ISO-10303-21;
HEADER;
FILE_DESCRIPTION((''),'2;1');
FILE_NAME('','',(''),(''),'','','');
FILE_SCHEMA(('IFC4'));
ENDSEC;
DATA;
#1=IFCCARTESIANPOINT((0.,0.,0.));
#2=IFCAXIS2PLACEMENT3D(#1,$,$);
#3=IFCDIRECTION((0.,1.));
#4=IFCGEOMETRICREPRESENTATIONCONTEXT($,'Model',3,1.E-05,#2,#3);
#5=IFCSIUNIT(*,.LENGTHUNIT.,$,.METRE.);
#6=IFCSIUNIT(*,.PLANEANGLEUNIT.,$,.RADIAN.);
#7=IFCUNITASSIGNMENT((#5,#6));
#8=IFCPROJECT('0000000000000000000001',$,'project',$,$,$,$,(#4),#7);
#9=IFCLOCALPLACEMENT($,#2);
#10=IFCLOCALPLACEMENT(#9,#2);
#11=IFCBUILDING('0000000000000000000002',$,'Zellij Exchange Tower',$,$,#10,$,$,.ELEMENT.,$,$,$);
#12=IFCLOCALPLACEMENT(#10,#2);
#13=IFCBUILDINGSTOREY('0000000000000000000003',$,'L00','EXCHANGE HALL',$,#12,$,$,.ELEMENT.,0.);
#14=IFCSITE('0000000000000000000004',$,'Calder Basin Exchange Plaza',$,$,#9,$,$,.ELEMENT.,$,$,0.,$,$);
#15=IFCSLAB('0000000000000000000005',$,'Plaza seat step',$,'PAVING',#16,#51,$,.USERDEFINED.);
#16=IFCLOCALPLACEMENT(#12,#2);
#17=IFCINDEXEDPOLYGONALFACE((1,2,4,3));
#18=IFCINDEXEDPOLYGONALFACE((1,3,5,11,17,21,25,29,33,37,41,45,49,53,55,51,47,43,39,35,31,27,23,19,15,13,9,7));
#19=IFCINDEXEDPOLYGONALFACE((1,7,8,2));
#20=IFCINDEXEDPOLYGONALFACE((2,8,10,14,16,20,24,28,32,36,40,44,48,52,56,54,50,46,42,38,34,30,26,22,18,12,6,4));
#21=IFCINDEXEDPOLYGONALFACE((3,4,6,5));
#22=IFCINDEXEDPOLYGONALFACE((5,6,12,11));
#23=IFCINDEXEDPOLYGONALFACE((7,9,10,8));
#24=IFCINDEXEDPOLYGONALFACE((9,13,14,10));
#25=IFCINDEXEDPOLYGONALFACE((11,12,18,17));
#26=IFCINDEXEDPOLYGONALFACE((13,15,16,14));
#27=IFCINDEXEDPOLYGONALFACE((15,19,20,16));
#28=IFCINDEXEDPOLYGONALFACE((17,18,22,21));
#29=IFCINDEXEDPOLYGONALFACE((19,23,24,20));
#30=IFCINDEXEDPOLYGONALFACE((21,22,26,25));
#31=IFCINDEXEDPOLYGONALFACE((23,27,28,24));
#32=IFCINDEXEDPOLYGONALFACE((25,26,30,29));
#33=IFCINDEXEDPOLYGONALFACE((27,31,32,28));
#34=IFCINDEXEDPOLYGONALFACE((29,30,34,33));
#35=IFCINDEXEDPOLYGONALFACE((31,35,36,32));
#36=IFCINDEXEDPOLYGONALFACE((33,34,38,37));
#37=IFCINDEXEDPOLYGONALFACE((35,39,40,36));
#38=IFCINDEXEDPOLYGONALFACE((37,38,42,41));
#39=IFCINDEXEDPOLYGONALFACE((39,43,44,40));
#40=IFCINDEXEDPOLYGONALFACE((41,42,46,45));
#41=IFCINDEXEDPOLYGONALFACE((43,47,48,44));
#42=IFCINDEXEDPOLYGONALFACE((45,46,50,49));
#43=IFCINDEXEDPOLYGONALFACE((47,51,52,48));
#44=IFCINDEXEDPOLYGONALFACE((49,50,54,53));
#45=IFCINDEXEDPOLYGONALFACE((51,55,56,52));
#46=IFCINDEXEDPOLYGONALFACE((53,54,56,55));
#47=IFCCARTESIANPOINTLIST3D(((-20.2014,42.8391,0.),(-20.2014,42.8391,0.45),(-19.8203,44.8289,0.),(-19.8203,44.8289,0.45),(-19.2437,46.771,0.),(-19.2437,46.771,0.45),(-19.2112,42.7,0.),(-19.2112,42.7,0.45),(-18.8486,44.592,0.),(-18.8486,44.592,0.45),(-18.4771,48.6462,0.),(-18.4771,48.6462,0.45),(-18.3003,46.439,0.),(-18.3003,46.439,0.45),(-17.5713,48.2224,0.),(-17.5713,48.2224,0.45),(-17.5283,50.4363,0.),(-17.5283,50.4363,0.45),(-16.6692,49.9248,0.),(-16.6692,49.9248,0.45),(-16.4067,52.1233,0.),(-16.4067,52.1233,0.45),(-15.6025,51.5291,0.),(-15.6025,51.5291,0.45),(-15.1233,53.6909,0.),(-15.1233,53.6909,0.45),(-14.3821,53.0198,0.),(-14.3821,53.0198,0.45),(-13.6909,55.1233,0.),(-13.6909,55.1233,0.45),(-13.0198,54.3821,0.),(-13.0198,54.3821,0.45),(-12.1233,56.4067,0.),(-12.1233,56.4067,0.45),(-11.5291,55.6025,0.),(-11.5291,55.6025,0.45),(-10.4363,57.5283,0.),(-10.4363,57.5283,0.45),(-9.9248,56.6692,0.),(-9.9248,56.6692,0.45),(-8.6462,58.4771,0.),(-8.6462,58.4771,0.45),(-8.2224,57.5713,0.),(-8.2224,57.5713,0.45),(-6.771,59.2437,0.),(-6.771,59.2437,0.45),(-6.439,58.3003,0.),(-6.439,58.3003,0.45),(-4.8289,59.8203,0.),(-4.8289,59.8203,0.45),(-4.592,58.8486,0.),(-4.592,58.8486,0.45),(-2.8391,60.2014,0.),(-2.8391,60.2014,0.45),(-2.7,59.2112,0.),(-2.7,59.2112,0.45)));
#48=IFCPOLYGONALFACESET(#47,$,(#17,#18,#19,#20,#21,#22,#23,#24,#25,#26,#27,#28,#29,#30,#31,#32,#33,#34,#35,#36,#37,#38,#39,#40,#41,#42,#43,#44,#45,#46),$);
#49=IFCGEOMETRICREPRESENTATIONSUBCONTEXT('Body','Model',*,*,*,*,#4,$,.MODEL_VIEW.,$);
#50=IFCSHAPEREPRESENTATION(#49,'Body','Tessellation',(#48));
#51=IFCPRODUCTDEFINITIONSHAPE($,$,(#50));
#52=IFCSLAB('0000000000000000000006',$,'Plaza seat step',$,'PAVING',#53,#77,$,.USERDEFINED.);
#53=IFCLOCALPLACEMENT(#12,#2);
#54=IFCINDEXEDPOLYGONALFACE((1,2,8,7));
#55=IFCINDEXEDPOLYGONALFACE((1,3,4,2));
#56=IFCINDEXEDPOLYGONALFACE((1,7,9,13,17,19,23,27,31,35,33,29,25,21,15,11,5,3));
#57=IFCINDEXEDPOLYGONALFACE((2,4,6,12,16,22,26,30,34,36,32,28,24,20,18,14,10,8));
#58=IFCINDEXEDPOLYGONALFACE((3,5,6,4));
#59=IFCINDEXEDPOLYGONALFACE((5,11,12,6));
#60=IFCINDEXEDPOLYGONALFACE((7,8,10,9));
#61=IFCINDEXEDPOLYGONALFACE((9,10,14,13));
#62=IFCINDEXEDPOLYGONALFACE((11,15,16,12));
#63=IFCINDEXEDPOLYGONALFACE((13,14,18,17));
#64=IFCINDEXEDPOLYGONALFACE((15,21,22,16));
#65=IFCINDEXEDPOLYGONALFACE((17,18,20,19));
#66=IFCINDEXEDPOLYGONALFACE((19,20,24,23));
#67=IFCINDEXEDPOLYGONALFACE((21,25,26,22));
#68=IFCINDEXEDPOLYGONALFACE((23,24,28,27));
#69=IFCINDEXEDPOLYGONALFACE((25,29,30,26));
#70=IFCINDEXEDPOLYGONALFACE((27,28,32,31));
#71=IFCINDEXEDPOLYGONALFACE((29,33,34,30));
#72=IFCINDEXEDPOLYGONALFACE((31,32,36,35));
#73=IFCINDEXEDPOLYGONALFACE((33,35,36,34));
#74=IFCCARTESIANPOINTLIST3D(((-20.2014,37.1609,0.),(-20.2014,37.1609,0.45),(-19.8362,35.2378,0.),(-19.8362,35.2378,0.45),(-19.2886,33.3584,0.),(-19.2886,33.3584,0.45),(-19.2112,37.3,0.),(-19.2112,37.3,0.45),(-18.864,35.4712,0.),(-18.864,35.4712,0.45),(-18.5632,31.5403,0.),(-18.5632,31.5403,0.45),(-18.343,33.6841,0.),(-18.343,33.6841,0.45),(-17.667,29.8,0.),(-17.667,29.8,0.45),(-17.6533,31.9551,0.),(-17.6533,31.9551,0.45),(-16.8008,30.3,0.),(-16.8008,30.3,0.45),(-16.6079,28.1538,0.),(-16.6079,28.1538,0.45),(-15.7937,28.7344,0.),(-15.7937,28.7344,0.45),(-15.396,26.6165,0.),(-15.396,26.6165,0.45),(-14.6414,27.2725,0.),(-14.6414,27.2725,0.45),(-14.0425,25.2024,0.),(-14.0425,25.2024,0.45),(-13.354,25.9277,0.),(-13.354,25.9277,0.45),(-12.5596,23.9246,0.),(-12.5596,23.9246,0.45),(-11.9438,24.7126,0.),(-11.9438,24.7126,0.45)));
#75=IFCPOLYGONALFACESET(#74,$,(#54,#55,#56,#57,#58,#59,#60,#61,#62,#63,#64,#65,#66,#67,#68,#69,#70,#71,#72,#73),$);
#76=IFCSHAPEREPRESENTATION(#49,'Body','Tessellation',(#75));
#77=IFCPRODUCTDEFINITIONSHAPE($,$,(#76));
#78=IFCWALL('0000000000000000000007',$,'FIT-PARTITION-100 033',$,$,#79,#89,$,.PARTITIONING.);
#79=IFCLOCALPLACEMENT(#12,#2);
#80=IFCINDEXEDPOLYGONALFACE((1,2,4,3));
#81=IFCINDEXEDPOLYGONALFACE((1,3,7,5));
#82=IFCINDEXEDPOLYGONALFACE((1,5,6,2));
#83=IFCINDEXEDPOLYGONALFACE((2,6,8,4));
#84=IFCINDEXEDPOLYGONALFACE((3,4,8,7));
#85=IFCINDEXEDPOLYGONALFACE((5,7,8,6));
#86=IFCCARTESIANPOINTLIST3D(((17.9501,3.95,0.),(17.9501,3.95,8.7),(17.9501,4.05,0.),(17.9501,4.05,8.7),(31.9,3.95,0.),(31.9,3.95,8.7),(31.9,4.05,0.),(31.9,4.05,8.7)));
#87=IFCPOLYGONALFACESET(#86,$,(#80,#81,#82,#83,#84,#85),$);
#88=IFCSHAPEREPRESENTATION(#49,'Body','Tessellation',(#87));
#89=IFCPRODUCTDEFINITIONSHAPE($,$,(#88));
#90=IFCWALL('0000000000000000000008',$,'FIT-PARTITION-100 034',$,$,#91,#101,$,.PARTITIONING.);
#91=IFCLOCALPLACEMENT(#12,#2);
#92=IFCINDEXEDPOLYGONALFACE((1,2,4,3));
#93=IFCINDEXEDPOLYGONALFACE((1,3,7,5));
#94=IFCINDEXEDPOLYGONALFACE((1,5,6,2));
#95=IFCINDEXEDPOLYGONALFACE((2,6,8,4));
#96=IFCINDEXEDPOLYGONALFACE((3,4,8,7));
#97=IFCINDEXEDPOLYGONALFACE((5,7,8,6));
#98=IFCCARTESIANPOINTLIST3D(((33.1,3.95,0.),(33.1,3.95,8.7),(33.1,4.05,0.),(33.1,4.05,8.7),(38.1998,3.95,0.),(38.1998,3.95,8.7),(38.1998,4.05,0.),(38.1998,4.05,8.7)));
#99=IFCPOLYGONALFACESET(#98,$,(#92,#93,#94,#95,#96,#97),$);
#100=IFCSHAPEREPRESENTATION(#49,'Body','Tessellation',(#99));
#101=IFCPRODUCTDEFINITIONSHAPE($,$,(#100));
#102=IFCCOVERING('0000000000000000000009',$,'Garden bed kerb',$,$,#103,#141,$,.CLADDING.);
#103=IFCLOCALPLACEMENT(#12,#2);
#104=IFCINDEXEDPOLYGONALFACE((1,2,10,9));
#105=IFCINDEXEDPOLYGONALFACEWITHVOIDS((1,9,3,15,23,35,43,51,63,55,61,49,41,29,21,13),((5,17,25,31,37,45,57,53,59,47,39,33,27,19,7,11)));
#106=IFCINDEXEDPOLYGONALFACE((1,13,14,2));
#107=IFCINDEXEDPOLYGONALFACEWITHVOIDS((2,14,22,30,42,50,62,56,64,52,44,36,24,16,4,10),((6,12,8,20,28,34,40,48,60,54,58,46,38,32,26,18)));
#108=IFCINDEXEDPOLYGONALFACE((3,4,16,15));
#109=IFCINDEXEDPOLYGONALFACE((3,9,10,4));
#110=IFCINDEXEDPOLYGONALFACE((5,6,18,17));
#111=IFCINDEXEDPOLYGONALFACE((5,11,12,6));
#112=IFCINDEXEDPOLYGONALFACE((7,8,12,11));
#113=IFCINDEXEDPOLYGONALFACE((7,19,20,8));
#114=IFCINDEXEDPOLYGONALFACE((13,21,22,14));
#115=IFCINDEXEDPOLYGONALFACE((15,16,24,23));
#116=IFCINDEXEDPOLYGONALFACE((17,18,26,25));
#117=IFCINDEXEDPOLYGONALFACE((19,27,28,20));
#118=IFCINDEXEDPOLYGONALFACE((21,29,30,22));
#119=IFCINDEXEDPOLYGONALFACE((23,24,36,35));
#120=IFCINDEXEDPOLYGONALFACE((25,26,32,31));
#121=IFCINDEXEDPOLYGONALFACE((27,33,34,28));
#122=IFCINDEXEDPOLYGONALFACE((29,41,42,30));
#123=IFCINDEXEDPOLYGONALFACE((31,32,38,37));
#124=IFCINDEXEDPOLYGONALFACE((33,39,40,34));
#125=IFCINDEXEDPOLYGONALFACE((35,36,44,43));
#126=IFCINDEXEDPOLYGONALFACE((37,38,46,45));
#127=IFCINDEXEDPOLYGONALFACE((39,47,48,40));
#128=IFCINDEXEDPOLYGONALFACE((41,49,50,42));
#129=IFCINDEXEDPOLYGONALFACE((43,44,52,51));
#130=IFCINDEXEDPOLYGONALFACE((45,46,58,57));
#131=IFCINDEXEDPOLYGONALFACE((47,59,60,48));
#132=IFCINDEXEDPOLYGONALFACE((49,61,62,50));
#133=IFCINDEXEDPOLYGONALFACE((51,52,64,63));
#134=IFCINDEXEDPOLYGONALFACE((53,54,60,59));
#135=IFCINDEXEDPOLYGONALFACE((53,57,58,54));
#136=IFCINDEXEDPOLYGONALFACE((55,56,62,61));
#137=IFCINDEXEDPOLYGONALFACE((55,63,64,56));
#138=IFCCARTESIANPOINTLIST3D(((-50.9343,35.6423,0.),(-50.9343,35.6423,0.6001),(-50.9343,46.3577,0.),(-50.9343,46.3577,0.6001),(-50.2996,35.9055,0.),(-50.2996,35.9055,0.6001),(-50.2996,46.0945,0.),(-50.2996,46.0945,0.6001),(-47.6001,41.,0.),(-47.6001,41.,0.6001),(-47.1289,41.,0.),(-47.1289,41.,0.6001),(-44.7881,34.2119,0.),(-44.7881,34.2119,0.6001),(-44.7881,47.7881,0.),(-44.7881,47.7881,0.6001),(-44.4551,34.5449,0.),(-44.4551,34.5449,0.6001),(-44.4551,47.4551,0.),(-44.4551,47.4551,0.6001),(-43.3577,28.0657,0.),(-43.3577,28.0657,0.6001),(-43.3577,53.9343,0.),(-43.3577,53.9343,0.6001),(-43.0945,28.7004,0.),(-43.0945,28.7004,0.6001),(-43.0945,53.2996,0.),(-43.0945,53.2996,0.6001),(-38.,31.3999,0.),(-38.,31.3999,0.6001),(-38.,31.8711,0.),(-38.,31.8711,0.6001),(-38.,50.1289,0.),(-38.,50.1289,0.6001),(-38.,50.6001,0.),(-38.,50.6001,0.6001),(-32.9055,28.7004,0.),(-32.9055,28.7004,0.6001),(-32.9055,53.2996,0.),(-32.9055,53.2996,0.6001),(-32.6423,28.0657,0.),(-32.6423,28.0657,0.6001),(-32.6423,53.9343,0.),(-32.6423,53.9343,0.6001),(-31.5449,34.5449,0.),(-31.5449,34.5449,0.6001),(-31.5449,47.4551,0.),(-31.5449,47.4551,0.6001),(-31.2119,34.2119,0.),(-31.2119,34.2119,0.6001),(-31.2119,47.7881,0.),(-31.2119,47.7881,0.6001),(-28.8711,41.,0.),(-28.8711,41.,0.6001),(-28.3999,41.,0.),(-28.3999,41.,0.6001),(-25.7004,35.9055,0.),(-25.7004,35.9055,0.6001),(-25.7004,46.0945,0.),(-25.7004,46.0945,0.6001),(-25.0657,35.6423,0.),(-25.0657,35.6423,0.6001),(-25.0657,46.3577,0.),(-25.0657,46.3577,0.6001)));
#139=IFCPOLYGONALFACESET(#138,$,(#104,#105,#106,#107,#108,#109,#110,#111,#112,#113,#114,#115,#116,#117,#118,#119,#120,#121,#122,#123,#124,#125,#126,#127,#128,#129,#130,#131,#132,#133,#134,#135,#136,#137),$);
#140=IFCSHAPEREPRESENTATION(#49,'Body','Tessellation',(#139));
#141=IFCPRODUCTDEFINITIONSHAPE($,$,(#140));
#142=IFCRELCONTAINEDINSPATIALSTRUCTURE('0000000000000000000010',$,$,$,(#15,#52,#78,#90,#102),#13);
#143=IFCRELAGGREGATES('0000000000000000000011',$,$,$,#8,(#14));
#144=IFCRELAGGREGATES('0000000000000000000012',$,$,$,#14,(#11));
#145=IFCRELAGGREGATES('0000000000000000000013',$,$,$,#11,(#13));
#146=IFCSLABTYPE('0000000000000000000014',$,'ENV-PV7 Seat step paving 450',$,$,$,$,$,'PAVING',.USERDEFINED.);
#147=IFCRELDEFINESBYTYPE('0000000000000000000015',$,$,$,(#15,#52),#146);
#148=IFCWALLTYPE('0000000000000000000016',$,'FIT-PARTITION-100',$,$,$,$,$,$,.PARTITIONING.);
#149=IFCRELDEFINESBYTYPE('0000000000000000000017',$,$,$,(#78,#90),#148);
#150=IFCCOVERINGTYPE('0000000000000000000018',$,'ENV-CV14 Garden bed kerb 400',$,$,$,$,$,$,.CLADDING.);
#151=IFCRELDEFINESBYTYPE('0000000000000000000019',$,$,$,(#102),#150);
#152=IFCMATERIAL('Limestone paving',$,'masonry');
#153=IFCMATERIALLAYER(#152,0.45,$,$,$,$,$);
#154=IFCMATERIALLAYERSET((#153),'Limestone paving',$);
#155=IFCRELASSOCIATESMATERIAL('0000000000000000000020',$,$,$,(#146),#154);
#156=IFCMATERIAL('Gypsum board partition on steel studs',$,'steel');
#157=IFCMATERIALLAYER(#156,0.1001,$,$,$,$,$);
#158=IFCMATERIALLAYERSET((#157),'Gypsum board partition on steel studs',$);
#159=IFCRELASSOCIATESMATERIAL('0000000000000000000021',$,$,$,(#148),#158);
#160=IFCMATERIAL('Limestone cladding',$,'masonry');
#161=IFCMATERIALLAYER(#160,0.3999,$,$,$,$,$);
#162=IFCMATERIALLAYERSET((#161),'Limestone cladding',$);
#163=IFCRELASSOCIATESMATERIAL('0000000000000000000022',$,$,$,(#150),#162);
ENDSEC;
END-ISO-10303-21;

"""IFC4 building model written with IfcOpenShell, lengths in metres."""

from ifc_helpers import new_model, si_unit, direction, frame, frame_2d, origin, place, context, subcontext, project, spatial, polyline, rectangle, outline, extrude, material, layer, layer_set, type_object, element, save


model = new_model("IFC4")

# Units and contexts
model_context = context("Model", 3, precision=1e-05, world=origin(), true_north=direction((0.0, 1.0)))
body_context = subcontext(model_context, "Body", "Model", "MODEL_VIEW")
ifc_project = project(units=[si_unit("LENGTHUNIT", "METRE"), si_unit("PLANEANGLEUNIT", "RADIAN")], contexts=[model_context])

# Site, building, storey
site_placement = place(None, origin())
site = spatial("IfcSite", under=ifc_project, at=site_placement, Name="Calder Basin Exchange Plaza", CompositionType="ELEMENT", RefElevation=0.0)
building_placement = place(site_placement, origin())
building = spatial("IfcBuilding", under=site, at=building_placement, Name="Zellij Exchange Tower", CompositionType="ELEMENT")
storey_placement = place(building_placement, origin())
storey = spatial("IfcBuildingStorey", under=building, at=storey_placement, Name="L00", Description="EXCHANGE HALL", CompositionType="ELEMENT", Elevation=0.0)

# Slabs
ifc_material_1 = material(Name="Limestone paving", Category="masonry")
ifc_layer_1 = layer(ifc_material_1, 0.45)
ifc_layer_set_1 = layer_set([ifc_layer_1], Name="Limestone paving")
slab_type_1 = type_object("IfcSlabType", Name="ENV-PV7 Seat step paving 450", ElementType="PAVING", PredefinedType="USERDEFINED", material=ifc_layer_set_1)
slab_1_placement = place(storey_placement, origin())
element("IfcSlab", 1, at=slab_1_placement, inside=storey, type_object=slab_type_1, Name="Plaza seat step", ObjectType="PAVING", PredefinedType="USERDEFINED", context=body_context, shape_type="SweptSolid", body=[
    extrude(outline(polyline([(-2.8391, 60.2014), (-4.8289, 59.8203), (-6.771, 59.2437), (-8.6462, 58.4771), (-10.4363, 57.5283), (-12.1233, 56.4067), (-13.6909, 55.1233), (-15.1233, 53.6909), (-16.4067, 52.1233), (-17.5283, 50.4363), (-18.4771, 48.6462), (-19.2437, 46.771), (-19.8203, 44.8289), (-20.2014, 42.8391), (-19.2112, 42.7), (-18.8486, 44.592), (-18.3003, 46.439), (-17.5713, 48.2224), (-16.6692, 49.9248), (-15.6025, 51.5291), (-14.3821, 53.0198), (-13.0198, 54.3821), (-11.5291, 55.6025), (-9.9248, 56.6692), (-8.2224, 57.5713), (-6.439, 58.3003), (-4.592, 58.8486), (-2.7, 59.2112), (-2.8391, 60.2014)])), origin(), (0.0, 0.0, 1.0), 0.45),
])
slab_2_placement = place(storey_placement, origin())
element("IfcSlab", 2, at=slab_2_placement, inside=storey, type_object=slab_type_1, Name="Plaza seat step", ObjectType="PAVING", PredefinedType="USERDEFINED", context=body_context, shape_type="SweptSolid", body=[
    extrude(outline(polyline([(-20.2014, 37.1609), (-19.8362, 35.2378), (-19.2886, 33.3584), (-18.5632, 31.5403), (-17.667, 29.8), (-16.6079, 28.1538), (-15.396, 26.6165), (-14.0425, 25.2024), (-12.5596, 23.9246), (-11.9438, 24.7126), (-13.354, 25.9277), (-14.6414, 27.2725), (-15.7937, 28.7344), (-16.8008, 30.3), (-17.6533, 31.9551), (-18.343, 33.6841), (-18.864, 35.4712), (-19.2112, 37.3), (-20.2014, 37.1609)])), origin(), (0.0, 0.0, 1.0), 0.45),
])

# Walls
ifc_material_2 = material(Name="Gypsum board partition on steel studs", Category="steel")
ifc_layer_2 = layer(ifc_material_2, 0.1001)
ifc_layer_set_2 = layer_set([ifc_layer_2], Name="Gypsum board partition on steel studs")
wall_type = type_object("IfcWallType", Name="FIT-PARTITION-100", PredefinedType="PARTITIONING", material=ifc_layer_set_2)
wall_1_placement = place(storey_placement, frame((17.95, 4.0, 0.0), z_axis=(0.0, 0.0, 1.0), x_axis=(1.0, 0.0, 0.0)))
element("IfcWall", 3, at=wall_1_placement, inside=storey, type_object=wall_type, Name="FIT-PARTITION-100 033", PredefinedType="PARTITIONING", context=body_context, shape_type="SweptSolid", body=[
    extrude(rectangle(XDim=13.95, YDim=0.1001, at=frame_2d((6.9751, 0.0))), origin(), (0.0, 0.0, 1.0), 8.7),
])
wall_2_placement = place(storey_placement, frame((33.1001, 4.0, 0.0), z_axis=(0.0, 0.0, 1.0), x_axis=(1.0, 0.0, 0.0)))
element("IfcWall", 4, at=wall_2_placement, inside=storey, type_object=wall_type, Name="FIT-PARTITION-100 034", PredefinedType="PARTITIONING", context=body_context, shape_type="SweptSolid", body=[
    extrude(rectangle(XDim=5.0999, YDim=0.1001, at=frame_2d((2.5498, 0.0))), origin(), (0.0, 0.0, 1.0), 8.7),
])

# Covering
ifc_material_3 = material(Name="Limestone cladding", Category="masonry")
ifc_layer_3 = layer(ifc_material_3, 0.3999)
ifc_layer_set_3 = layer_set([ifc_layer_3], Name="Limestone cladding")
covering_type = type_object("IfcCoveringType", Name="ENV-CV14 Garden bed kerb 400", PredefinedType="CLADDING", material=ifc_layer_set_3)
covering_1_placement = place(storey_placement, origin())
element("IfcCovering", 5, at=covering_1_placement, inside=storey, type_object=covering_type, Name="Garden bed kerb", PredefinedType="CLADDING", context=body_context, shape_type="SweptSolid", body=[
    extrude(outline(polyline([(-25.0657, 46.3577), (-31.2119, 47.7881), (-32.6423, 53.9343), (-38.0, 50.6001), (-43.3577, 53.9343), (-44.7881, 47.7881), (-50.9343, 46.3577), (-47.6001, 41.0), (-50.9343, 35.6423), (-44.7881, 34.2119), (-43.3577, 28.0657), (-38.0, 31.3999), (-32.6423, 28.0657), (-31.2119, 34.2119), (-25.0657, 35.6423), (-28.3999, 41.0), (-25.0657, 46.3577)]), holes=[polyline([(-25.7004, 46.0945), (-28.8711, 41.0), (-25.7004, 35.9055), (-31.5449, 34.5449), (-32.9055, 28.7004), (-38.0, 31.8711), (-43.0945, 28.7004), (-44.4551, 34.5449), (-50.2996, 35.9055), (-47.1289, 41.0), (-50.2996, 46.0945), (-44.4551, 47.4551), (-43.0945, 53.2996), (-38.0, 50.1289), (-32.9055, 53.2996), (-31.5449, 47.4551), (-25.7004, 46.0945)])]), origin(), (0.0, 0.0, 1.0), 0.6001),
])

save(model, "model.ifc")
